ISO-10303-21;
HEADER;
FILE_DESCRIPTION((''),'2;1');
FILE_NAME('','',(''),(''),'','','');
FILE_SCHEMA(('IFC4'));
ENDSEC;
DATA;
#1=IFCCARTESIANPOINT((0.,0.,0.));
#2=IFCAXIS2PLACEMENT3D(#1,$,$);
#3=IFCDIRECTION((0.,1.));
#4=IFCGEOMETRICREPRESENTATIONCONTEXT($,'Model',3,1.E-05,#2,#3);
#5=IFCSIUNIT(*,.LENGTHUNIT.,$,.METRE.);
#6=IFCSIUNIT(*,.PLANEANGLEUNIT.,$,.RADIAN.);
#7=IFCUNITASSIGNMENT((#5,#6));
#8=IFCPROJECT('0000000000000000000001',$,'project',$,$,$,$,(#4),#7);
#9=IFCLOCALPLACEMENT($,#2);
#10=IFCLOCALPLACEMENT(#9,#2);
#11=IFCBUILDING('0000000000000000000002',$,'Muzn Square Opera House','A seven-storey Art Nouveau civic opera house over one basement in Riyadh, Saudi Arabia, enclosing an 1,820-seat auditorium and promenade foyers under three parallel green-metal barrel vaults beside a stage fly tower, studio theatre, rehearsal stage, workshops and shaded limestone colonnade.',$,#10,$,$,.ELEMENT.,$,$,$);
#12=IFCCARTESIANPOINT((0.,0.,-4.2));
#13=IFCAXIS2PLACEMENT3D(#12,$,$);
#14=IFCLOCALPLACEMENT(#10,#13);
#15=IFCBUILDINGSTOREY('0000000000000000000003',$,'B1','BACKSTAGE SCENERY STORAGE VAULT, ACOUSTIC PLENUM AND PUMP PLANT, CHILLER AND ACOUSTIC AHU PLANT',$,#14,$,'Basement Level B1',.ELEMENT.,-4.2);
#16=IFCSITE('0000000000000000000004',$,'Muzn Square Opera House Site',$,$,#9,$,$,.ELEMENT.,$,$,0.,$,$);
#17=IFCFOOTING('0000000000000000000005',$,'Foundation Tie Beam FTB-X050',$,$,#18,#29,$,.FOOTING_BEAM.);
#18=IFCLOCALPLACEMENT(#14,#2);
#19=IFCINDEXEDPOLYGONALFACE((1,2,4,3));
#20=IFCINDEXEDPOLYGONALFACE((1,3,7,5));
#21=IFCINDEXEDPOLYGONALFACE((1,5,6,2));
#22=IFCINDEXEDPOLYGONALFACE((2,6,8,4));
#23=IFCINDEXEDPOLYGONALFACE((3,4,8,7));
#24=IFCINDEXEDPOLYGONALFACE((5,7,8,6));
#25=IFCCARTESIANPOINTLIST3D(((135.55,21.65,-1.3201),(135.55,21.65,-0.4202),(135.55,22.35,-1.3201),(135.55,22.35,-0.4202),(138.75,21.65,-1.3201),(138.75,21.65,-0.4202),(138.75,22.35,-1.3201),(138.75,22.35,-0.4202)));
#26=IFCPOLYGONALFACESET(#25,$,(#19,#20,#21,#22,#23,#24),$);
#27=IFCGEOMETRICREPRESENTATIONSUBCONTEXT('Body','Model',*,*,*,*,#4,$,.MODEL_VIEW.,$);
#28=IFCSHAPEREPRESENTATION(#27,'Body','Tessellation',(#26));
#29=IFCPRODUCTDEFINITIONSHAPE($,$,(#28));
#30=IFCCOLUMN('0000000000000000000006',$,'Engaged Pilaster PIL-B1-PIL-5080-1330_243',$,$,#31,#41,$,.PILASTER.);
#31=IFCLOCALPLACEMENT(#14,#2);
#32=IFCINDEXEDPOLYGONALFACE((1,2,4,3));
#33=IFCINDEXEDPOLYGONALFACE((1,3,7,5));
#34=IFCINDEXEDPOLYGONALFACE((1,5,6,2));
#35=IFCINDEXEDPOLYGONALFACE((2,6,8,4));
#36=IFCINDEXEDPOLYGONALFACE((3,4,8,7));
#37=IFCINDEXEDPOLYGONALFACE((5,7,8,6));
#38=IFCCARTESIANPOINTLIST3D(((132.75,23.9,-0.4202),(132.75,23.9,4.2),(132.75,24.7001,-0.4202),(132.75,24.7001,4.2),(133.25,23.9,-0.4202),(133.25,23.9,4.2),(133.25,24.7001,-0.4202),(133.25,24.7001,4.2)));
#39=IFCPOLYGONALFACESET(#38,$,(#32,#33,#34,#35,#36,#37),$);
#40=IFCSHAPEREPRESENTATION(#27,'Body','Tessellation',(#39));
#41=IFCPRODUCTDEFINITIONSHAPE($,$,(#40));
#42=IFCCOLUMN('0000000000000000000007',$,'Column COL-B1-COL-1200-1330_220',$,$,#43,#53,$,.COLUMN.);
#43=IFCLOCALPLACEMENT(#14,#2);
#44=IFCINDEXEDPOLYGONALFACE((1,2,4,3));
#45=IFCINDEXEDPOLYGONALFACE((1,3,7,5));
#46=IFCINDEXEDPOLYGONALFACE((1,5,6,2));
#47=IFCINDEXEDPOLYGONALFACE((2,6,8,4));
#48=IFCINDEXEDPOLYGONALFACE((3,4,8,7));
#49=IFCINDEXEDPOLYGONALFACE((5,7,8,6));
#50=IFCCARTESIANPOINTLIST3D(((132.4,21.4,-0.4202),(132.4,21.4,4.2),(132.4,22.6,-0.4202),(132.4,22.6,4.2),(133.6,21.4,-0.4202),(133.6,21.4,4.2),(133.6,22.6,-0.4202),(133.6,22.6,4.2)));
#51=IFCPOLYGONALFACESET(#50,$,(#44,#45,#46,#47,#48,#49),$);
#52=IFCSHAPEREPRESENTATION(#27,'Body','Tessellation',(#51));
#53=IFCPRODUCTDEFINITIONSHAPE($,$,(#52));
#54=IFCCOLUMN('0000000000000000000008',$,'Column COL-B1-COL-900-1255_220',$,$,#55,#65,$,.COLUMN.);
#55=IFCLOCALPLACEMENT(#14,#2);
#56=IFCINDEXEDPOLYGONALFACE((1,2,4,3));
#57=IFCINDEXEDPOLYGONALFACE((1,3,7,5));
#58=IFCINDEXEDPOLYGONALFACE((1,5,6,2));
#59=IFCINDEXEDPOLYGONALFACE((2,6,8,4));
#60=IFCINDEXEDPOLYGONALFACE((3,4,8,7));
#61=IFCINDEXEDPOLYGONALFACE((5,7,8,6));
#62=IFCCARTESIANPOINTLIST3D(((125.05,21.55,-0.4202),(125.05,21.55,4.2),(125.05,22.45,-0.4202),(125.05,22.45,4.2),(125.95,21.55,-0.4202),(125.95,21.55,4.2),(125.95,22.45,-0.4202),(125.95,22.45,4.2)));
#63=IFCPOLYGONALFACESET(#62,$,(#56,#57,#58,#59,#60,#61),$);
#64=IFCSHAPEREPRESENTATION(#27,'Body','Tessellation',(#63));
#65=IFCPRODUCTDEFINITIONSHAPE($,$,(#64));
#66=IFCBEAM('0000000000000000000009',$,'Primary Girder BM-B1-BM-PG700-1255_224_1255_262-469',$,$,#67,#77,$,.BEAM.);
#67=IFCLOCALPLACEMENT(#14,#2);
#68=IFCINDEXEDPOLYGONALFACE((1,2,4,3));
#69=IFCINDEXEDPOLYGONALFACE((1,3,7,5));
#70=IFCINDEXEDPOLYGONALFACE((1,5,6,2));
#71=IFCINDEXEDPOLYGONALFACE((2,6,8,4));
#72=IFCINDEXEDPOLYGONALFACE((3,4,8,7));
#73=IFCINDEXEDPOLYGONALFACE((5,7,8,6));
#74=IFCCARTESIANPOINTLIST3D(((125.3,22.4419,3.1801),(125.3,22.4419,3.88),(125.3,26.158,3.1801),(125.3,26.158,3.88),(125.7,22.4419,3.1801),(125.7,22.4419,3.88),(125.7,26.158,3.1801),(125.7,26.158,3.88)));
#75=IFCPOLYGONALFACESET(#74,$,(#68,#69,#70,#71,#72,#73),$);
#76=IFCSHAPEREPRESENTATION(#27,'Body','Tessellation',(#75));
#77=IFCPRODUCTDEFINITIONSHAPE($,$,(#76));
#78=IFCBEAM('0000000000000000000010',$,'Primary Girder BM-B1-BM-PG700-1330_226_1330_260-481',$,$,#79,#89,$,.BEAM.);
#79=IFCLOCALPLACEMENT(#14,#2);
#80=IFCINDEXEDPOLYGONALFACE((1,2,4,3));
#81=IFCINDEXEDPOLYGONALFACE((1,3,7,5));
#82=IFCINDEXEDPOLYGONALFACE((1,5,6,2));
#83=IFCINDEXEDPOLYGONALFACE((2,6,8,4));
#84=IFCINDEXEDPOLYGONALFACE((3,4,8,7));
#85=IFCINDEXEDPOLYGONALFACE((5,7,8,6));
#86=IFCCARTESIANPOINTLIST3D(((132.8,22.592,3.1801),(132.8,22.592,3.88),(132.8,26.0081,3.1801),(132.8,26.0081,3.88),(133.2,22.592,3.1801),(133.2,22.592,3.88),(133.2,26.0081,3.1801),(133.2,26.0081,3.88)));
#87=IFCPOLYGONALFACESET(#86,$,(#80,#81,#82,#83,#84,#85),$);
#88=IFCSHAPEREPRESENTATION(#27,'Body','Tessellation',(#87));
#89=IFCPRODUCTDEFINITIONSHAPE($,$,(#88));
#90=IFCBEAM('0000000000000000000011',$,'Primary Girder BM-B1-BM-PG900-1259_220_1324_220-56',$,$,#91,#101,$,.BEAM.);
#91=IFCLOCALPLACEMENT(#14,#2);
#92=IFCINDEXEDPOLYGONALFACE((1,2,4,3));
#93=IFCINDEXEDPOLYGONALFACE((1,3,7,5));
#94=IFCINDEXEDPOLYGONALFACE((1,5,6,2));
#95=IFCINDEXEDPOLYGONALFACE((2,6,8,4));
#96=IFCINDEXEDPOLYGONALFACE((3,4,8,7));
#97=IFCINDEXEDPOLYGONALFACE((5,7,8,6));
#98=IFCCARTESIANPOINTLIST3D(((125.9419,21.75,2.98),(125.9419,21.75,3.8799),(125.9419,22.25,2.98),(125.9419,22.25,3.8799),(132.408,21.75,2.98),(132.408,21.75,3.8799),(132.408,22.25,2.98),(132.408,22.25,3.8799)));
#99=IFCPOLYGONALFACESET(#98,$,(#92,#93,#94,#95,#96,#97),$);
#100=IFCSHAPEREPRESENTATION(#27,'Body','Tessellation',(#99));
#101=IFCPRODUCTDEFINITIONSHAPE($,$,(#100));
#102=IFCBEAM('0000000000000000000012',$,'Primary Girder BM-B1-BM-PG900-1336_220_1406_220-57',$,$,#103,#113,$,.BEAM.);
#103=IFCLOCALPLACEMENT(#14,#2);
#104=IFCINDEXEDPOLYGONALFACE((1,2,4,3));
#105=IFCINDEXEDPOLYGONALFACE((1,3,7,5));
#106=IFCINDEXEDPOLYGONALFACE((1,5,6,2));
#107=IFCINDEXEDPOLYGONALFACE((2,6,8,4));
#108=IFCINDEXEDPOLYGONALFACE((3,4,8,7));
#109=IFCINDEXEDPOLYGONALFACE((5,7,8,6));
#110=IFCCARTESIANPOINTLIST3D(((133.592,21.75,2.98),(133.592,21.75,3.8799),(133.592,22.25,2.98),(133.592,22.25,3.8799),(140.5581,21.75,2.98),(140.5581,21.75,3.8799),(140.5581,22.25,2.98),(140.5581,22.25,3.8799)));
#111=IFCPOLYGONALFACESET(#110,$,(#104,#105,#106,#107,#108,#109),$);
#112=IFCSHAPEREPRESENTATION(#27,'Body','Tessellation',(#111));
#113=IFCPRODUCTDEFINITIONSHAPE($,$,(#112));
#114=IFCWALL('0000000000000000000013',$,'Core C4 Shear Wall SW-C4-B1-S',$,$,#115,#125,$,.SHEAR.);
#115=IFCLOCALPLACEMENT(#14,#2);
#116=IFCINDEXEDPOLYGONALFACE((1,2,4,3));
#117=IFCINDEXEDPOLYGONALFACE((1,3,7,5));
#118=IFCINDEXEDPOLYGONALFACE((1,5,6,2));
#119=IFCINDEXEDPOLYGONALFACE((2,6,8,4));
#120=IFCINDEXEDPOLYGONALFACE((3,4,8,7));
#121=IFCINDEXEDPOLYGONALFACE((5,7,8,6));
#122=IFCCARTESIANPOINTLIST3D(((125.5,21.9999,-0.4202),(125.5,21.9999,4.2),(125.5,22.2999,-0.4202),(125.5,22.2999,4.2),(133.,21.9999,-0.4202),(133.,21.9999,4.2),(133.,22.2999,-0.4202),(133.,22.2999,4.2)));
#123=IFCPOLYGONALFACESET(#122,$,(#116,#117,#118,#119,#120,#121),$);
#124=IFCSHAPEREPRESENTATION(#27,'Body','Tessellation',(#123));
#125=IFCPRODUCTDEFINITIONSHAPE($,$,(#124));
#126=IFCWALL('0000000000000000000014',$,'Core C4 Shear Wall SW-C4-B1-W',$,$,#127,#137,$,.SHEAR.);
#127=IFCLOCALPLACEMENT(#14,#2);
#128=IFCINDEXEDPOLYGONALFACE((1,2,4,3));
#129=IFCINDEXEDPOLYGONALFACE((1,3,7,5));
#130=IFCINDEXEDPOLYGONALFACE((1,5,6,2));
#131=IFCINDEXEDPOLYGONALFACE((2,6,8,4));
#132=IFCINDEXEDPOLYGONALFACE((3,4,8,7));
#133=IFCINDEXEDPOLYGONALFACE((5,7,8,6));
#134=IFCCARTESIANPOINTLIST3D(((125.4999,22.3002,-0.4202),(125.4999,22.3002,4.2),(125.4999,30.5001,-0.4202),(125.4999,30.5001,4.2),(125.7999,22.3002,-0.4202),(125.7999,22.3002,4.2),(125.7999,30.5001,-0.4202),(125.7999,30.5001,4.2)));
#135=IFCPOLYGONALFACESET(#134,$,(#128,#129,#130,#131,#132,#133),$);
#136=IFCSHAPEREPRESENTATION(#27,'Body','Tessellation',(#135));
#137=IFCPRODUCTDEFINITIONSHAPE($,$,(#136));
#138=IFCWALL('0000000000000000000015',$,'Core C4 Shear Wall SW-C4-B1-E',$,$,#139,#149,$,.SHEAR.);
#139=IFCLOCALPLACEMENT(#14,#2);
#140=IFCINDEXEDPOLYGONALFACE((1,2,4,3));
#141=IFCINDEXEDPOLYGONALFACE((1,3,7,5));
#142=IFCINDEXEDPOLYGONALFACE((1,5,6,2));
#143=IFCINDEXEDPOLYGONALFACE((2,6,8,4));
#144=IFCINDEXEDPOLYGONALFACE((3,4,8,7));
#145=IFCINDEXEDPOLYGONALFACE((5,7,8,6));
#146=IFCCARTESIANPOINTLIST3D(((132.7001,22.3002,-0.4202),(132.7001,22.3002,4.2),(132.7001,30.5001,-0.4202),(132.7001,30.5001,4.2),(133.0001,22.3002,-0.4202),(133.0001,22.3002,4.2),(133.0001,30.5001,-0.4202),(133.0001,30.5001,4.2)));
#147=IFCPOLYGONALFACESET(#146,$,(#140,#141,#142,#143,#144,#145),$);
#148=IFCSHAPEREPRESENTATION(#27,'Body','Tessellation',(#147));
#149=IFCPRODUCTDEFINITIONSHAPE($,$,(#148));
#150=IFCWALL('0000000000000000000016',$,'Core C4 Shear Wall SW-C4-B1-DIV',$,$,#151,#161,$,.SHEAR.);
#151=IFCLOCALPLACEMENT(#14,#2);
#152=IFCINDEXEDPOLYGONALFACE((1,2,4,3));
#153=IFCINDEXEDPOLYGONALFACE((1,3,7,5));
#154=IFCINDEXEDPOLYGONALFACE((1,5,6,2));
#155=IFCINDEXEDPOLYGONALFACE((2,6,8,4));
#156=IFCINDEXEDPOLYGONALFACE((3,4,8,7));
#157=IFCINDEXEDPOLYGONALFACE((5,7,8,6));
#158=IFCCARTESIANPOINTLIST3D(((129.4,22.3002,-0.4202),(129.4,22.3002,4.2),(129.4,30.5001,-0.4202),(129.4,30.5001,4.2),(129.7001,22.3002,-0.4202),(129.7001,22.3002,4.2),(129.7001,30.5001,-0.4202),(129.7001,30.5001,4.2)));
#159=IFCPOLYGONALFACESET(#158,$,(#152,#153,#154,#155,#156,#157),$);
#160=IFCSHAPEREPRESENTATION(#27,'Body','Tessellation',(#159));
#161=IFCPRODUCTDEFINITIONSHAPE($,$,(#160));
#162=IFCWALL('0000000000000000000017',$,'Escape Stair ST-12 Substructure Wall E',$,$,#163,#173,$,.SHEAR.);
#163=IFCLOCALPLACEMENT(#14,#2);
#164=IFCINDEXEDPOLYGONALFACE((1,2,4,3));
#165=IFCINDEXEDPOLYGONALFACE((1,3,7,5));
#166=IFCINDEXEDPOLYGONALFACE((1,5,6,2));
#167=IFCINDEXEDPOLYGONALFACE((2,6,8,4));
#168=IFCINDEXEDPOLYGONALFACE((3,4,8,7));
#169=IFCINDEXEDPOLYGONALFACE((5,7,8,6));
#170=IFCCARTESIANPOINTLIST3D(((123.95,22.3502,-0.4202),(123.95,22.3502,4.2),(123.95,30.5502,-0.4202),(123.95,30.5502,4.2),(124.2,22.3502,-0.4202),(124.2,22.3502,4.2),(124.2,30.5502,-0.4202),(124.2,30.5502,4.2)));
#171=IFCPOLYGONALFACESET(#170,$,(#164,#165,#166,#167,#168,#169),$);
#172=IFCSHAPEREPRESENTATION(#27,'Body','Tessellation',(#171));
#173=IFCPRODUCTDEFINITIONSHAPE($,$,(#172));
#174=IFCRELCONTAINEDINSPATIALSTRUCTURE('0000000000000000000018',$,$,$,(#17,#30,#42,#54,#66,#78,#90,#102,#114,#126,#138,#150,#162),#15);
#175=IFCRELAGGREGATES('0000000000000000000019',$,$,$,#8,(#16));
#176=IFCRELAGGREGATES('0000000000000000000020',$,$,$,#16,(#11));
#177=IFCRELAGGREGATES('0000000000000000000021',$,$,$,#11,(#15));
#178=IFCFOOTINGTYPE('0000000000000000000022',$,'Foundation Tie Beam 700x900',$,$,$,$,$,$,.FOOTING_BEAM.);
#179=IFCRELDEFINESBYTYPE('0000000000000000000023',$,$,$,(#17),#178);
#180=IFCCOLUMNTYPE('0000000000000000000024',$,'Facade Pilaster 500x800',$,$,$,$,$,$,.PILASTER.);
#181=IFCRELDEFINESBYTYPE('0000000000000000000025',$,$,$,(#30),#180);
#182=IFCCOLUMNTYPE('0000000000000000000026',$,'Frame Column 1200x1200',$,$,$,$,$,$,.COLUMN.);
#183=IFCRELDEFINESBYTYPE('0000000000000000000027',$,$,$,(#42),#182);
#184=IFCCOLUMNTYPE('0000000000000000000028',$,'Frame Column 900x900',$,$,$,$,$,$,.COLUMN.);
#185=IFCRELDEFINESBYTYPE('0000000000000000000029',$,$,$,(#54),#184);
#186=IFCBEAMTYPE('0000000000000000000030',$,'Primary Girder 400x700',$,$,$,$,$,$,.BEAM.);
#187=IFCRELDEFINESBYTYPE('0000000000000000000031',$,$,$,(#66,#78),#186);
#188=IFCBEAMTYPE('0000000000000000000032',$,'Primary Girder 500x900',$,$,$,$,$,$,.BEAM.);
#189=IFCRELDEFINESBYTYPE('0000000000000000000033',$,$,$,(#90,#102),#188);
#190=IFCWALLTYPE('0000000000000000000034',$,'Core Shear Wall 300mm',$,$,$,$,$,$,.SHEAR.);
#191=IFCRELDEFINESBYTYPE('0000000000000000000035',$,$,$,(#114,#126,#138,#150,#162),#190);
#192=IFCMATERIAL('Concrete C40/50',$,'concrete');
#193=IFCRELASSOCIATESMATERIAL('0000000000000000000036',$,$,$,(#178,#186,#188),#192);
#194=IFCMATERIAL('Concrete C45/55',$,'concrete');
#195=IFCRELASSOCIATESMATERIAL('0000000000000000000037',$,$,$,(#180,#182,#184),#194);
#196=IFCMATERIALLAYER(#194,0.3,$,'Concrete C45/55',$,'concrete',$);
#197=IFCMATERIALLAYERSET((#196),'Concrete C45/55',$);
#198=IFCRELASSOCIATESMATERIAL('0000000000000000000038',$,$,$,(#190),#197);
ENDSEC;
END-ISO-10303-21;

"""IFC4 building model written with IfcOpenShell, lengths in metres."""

from ifc_helpers import new_model, si_unit, direction, frame, frame_2d, origin, origin_2d, place, context, subcontext, project, spatial, rectangle, extrude, material, layer, layer_set, material_profile, profile_set, type_object, element, save


model = new_model("IFC4")

# Units and contexts
model_context = context("Model", 3, precision=1e-05, world=origin(), true_north=direction((0.0, 1.0)))
body_context = subcontext(model_context, "Body", "Model", "MODEL_VIEW")
ifc_project = project(units=[si_unit("LENGTHUNIT", "METRE"), si_unit("PLANEANGLEUNIT", "RADIAN")], contexts=[model_context])

# Site, building, storey
site_placement = place(None, origin())
site = spatial("IfcSite", under=ifc_project, at=site_placement, Name="Muzn Square Opera House Site", CompositionType="ELEMENT", RefElevation=0.0)
building_placement = place(site_placement, origin())
building = spatial("IfcBuilding", under=site, at=building_placement, Name="Muzn Square Opera House", Description="A seven-storey Art Nouveau civic opera house over one basement in Riyadh, Saudi Arabia, enclosing an 1,820-seat auditorium and promenade foyers under three parallel green-metal barrel vaults beside a stage fly tower, studio theatre, rehearsal stage, workshops and shaded limestone colonnade.", CompositionType="ELEMENT")
storey_placement = place(building_placement, frame((0.0, 0.0, -4.2)))
storey = spatial("IfcBuildingStorey", under=building, at=storey_placement, Name="B1", Description="BACKSTAGE SCENERY STORAGE VAULT, ACOUSTIC PLENUM AND PUMP PLANT, CHILLER AND ACOUSTIC AHU PLANT", LongName="Basement Level B1", CompositionType="ELEMENT", Elevation=-4.2)

# Shared definitions
ifc_material_1 = material(Name="Concrete C40/50", Category="concrete")

# Footing
ifc_material_profile_1 = material_profile(ifc_material_1, rectangle(XDim=0.7, YDim=0.8999, at=origin_2d()), Name="RCTB 700x900", Category="concrete")
ifc_profile_set_1 = profile_set([ifc_material_profile_1], Name="Concrete C40/50")
footing_type = type_object("IfcFootingType", Name="Foundation Tie Beam 700x900", PredefinedType="FOOTING_BEAM", material=ifc_profile_set_1)
footing_placement = place(storey_placement, frame((135.55, 22.0, -0.8701), z_axis=(1.0, 0.0, 0.0), x_axis=(0.0, 1.0, 0.0)))
element("IfcFooting", 1, at=footing_placement, inside=storey, type_object=footing_type, Name="Foundation Tie Beam FTB-X050", PredefinedType="FOOTING_BEAM", context=body_context, shape_type="SweptSolid", body=[
    extrude(rectangle(XDim=0.7, YDim=0.8999, at=origin_2d()), origin(), (0.0, 0.0, 1.0), 3.2),
])

# Columns
ifc_material_2 = material(Name="Concrete C45/55", Category="concrete")
ifc_material_profile_2 = material_profile(ifc_material_2, rectangle(XDim=0.5, YDim=0.8, at=origin_2d()), Name="RC 500x800", Category="concrete")
ifc_profile_set_2 = profile_set([ifc_material_profile_2], Name="Concrete C45/55")
column_type_1 = type_object("IfcColumnType", Name="Facade Pilaster 500x800", PredefinedType="PILASTER", material=ifc_profile_set_2)
column_1_placement = place(storey_placement, frame((133.0, 24.3, -0.4202), z_axis=(0.0, 0.0, 1.0), x_axis=(1.0, 0.0, 0.0)))
element("IfcColumn", 2, at=column_1_placement, inside=storey, type_object=column_type_1, Name="Engaged Pilaster PIL-B1-PIL-5080-1330_243", PredefinedType="PILASTER", context=body_context, shape_type="SweptSolid", body=[
    extrude(rectangle(XDim=0.5, YDim=0.8, at=origin_2d()), origin(), (0.0, 0.0, 1.0), 4.6201),
])
ifc_material_profile_3 = material_profile(ifc_material_2, rectangle(XDim=1.2, YDim=1.2, at=origin_2d()), Name="RC 1200x1200", Category="concrete")
ifc_profile_set_3 = profile_set([ifc_material_profile_3], Name="Concrete C45/55")
column_type_2 = type_object("IfcColumnType", Name="Frame Column 1200x1200", PredefinedType="COLUMN", material=ifc_profile_set_3)
column_2_placement = place(storey_placement, frame((133.0, 22.0, -0.4202), z_axis=(0.0, 0.0, 1.0), x_axis=(1.0, 0.0, 0.0)))
element("IfcColumn", 3, at=column_2_placement, inside=storey, type_object=column_type_2, Name="Column COL-B1-COL-1200-1330_220", PredefinedType="COLUMN", context=body_context, shape_type="SweptSolid", body=[
    extrude(rectangle(XDim=1.2, YDim=1.2, at=origin_2d()), origin(), (0.0, 0.0, 1.0), 4.6201),
])
ifc_material_profile_4 = material_profile(ifc_material_2, rectangle(XDim=0.8999, YDim=0.8999, at=origin_2d()), Name="RC 900x900", Category="concrete")
ifc_profile_set_4 = profile_set([ifc_material_profile_4], Name="Concrete C45/55")
column_type_3 = type_object("IfcColumnType", Name="Frame Column 900x900", PredefinedType="COLUMN", material=ifc_profile_set_4)
column_3_placement = place(storey_placement, frame((125.5, 22.0, -0.4202), z_axis=(0.0, 0.0, 1.0), x_axis=(1.0, 0.0, 0.0)))
element("IfcColumn", 4, at=column_3_placement, inside=storey, type_object=column_type_3, Name="Column COL-B1-COL-900-1255_220", PredefinedType="COLUMN", context=body_context, shape_type="SweptSolid", body=[
    extrude(rectangle(XDim=0.8999, YDim=0.8999, at=origin_2d()), origin(), (0.0, 0.0, 1.0), 4.6201),
])

# Beams
ifc_material_profile_5 = material_profile(ifc_material_1, rectangle(XDim=0.3999, YDim=0.7, at=origin_2d()), Name="RCB 400x700", Category="concrete")
ifc_profile_set_5 = profile_set([ifc_material_profile_5], Name="Concrete C40/50")
beam_type_1 = type_object("IfcBeamType", Name="Primary Girder 400x700", PredefinedType="BEAM", material=ifc_profile_set_5)
beam_1_placement = place(storey_placement, frame((125.5, 22.4419, 3.53), z_axis=(0.0, 1.0, 0.0), x_axis=(-1.0, 0.0, 0.0)))
element("IfcBeam", 5, at=beam_1_placement, inside=storey, type_object=beam_type_1, Name="Primary Girder BM-B1-BM-PG700-1255_224_1255_262-469", PredefinedType="BEAM", context=body_context, shape_type="SweptSolid", body=[
    extrude(rectangle(XDim=0.3999, YDim=0.7, at=origin_2d()), origin(), (0.0, 0.0, 1.0), 3.7161),
])
beam_2_placement = place(storey_placement, frame((133.0, 22.592, 3.53), z_axis=(0.0, 1.0, 0.0), x_axis=(-1.0, 0.0, 0.0)))
element("IfcBeam", 6, at=beam_2_placement, inside=storey, type_object=beam_type_1, Name="Primary Girder BM-B1-BM-PG700-1330_226_1330_260-481", PredefinedType="BEAM", context=body_context, shape_type="SweptSolid", body=[
    extrude(rectangle(XDim=0.3999, YDim=0.7, at=origin_2d()), origin(), (0.0, 0.0, 1.0), 3.416),
])
ifc_material_profile_6 = material_profile(ifc_material_1, rectangle(XDim=0.5, YDim=0.8999, at=origin_2d()), Name="RCB 500x900", Category="concrete")
ifc_profile_set_6 = profile_set([ifc_material_profile_6], Name="Concrete C40/50")
beam_type_2 = type_object("IfcBeamType", Name="Primary Girder 500x900", PredefinedType="BEAM", material=ifc_profile_set_6)
beam_3_placement = place(storey_placement, frame((125.9419, 22.0, 3.4299), z_axis=(1.0, 0.0, 0.0), x_axis=(0.0, 1.0, 0.0)))
element("IfcBeam", 7, at=beam_3_placement, inside=storey, type_object=beam_type_2, Name="Primary Girder BM-B1-BM-PG900-1259_220_1324_220-56", PredefinedType="BEAM", context=body_context, shape_type="SweptSolid", body=[
    extrude(rectangle(XDim=0.5, YDim=0.8999, at=origin_2d()), origin(), (0.0, 0.0, 1.0), 6.4661),
])
beam_4_placement = place(storey_placement, frame((133.592, 22.0, 3.4299), z_axis=(1.0, 0.0, 0.0), x_axis=(0.0, 1.0, 0.0)))
element("IfcBeam", 8, at=beam_4_placement, inside=storey, type_object=beam_type_2, Name="Primary Girder BM-B1-BM-PG900-1336_220_1406_220-57", PredefinedType="BEAM", context=body_context, shape_type="SweptSolid", body=[
    extrude(rectangle(XDim=0.5, YDim=0.8999, at=origin_2d()), origin(), (0.0, 0.0, 1.0), 6.9661),
])

# Walls
ifc_layer = layer(ifc_material_2, 0.3, Name="Concrete C45/55", Category="concrete")
ifc_layer_set = layer_set([ifc_layer], Name="Concrete C45/55")
wall_type = type_object("IfcWallType", Name="Core Shear Wall 300mm", PredefinedType="SHEAR", material=ifc_layer_set)
wall_1_placement = place(storey_placement, frame((125.5, 22.1499, -0.4202), z_axis=(0.0, 0.0, 1.0), x_axis=(1.0, 0.0, 0.0)))
element("IfcWall", 9, at=wall_1_placement, inside=storey, type_object=wall_type, Name="Core C4 Shear Wall SW-C4-B1-S", PredefinedType="SHEAR", context=body_context, shape_type="SweptSolid", body=[
    extrude(rectangle(XDim=7.5, YDim=0.3, at=frame_2d((3.75, 0.0))), origin(), (0.0, 0.0, 1.0), 4.6201),
])
for number, where, z_axis, x_axis, name in (
    (10, (125.6499, 22.3, -0.4202), (0.0, 0.0, 1.0), (0.0, 1.0, 0.0), "Core C4 Shear Wall SW-C4-B1-W"),
    (11, (132.8501, 22.3, -0.4202), (0.0, 0.0, 1.0), (0.0, 1.0, 0.0), "Core C4 Shear Wall SW-C4-B1-E"),
    (12, (129.55, 22.3, -0.4202), (0.0, 0.0, 1.0), (0.0, 1.0, 0.0), "Core C4 Shear Wall SW-C4-B1-DIV"),
):
    element("IfcWall", number, at=place(storey_placement, frame(where, z_axis=z_axis, x_axis=x_axis)), inside=storey, type_object=wall_type, Name=name, PredefinedType="SHEAR", context=body_context, shape_type="SweptSolid", body=[
        extrude(rectangle(XDim=8.2, YDim=0.3, at=frame_2d((4.1001, 0.0))), origin(), (0.0, 0.0, 1.0), 4.6201),
    ])
wall_2_placement = place(storey_placement, frame((124.075, 22.3501, -0.4202), z_axis=(0.0, 0.0, 1.0), x_axis=(0.0, 1.0, 0.0)))
element("IfcWall", 13, at=wall_2_placement, inside=storey, type_object=wall_type, Name="Escape Stair ST-12 Substructure Wall E", PredefinedType="SHEAR", context=body_context, shape_type="SweptSolid", body=[
    extrude(rectangle(XDim=8.2, YDim=0.25, at=frame_2d((4.1001, 0.0))), origin(), (0.0, 0.0, 1.0), 4.6201),
])

save(model, "model.ifc")
